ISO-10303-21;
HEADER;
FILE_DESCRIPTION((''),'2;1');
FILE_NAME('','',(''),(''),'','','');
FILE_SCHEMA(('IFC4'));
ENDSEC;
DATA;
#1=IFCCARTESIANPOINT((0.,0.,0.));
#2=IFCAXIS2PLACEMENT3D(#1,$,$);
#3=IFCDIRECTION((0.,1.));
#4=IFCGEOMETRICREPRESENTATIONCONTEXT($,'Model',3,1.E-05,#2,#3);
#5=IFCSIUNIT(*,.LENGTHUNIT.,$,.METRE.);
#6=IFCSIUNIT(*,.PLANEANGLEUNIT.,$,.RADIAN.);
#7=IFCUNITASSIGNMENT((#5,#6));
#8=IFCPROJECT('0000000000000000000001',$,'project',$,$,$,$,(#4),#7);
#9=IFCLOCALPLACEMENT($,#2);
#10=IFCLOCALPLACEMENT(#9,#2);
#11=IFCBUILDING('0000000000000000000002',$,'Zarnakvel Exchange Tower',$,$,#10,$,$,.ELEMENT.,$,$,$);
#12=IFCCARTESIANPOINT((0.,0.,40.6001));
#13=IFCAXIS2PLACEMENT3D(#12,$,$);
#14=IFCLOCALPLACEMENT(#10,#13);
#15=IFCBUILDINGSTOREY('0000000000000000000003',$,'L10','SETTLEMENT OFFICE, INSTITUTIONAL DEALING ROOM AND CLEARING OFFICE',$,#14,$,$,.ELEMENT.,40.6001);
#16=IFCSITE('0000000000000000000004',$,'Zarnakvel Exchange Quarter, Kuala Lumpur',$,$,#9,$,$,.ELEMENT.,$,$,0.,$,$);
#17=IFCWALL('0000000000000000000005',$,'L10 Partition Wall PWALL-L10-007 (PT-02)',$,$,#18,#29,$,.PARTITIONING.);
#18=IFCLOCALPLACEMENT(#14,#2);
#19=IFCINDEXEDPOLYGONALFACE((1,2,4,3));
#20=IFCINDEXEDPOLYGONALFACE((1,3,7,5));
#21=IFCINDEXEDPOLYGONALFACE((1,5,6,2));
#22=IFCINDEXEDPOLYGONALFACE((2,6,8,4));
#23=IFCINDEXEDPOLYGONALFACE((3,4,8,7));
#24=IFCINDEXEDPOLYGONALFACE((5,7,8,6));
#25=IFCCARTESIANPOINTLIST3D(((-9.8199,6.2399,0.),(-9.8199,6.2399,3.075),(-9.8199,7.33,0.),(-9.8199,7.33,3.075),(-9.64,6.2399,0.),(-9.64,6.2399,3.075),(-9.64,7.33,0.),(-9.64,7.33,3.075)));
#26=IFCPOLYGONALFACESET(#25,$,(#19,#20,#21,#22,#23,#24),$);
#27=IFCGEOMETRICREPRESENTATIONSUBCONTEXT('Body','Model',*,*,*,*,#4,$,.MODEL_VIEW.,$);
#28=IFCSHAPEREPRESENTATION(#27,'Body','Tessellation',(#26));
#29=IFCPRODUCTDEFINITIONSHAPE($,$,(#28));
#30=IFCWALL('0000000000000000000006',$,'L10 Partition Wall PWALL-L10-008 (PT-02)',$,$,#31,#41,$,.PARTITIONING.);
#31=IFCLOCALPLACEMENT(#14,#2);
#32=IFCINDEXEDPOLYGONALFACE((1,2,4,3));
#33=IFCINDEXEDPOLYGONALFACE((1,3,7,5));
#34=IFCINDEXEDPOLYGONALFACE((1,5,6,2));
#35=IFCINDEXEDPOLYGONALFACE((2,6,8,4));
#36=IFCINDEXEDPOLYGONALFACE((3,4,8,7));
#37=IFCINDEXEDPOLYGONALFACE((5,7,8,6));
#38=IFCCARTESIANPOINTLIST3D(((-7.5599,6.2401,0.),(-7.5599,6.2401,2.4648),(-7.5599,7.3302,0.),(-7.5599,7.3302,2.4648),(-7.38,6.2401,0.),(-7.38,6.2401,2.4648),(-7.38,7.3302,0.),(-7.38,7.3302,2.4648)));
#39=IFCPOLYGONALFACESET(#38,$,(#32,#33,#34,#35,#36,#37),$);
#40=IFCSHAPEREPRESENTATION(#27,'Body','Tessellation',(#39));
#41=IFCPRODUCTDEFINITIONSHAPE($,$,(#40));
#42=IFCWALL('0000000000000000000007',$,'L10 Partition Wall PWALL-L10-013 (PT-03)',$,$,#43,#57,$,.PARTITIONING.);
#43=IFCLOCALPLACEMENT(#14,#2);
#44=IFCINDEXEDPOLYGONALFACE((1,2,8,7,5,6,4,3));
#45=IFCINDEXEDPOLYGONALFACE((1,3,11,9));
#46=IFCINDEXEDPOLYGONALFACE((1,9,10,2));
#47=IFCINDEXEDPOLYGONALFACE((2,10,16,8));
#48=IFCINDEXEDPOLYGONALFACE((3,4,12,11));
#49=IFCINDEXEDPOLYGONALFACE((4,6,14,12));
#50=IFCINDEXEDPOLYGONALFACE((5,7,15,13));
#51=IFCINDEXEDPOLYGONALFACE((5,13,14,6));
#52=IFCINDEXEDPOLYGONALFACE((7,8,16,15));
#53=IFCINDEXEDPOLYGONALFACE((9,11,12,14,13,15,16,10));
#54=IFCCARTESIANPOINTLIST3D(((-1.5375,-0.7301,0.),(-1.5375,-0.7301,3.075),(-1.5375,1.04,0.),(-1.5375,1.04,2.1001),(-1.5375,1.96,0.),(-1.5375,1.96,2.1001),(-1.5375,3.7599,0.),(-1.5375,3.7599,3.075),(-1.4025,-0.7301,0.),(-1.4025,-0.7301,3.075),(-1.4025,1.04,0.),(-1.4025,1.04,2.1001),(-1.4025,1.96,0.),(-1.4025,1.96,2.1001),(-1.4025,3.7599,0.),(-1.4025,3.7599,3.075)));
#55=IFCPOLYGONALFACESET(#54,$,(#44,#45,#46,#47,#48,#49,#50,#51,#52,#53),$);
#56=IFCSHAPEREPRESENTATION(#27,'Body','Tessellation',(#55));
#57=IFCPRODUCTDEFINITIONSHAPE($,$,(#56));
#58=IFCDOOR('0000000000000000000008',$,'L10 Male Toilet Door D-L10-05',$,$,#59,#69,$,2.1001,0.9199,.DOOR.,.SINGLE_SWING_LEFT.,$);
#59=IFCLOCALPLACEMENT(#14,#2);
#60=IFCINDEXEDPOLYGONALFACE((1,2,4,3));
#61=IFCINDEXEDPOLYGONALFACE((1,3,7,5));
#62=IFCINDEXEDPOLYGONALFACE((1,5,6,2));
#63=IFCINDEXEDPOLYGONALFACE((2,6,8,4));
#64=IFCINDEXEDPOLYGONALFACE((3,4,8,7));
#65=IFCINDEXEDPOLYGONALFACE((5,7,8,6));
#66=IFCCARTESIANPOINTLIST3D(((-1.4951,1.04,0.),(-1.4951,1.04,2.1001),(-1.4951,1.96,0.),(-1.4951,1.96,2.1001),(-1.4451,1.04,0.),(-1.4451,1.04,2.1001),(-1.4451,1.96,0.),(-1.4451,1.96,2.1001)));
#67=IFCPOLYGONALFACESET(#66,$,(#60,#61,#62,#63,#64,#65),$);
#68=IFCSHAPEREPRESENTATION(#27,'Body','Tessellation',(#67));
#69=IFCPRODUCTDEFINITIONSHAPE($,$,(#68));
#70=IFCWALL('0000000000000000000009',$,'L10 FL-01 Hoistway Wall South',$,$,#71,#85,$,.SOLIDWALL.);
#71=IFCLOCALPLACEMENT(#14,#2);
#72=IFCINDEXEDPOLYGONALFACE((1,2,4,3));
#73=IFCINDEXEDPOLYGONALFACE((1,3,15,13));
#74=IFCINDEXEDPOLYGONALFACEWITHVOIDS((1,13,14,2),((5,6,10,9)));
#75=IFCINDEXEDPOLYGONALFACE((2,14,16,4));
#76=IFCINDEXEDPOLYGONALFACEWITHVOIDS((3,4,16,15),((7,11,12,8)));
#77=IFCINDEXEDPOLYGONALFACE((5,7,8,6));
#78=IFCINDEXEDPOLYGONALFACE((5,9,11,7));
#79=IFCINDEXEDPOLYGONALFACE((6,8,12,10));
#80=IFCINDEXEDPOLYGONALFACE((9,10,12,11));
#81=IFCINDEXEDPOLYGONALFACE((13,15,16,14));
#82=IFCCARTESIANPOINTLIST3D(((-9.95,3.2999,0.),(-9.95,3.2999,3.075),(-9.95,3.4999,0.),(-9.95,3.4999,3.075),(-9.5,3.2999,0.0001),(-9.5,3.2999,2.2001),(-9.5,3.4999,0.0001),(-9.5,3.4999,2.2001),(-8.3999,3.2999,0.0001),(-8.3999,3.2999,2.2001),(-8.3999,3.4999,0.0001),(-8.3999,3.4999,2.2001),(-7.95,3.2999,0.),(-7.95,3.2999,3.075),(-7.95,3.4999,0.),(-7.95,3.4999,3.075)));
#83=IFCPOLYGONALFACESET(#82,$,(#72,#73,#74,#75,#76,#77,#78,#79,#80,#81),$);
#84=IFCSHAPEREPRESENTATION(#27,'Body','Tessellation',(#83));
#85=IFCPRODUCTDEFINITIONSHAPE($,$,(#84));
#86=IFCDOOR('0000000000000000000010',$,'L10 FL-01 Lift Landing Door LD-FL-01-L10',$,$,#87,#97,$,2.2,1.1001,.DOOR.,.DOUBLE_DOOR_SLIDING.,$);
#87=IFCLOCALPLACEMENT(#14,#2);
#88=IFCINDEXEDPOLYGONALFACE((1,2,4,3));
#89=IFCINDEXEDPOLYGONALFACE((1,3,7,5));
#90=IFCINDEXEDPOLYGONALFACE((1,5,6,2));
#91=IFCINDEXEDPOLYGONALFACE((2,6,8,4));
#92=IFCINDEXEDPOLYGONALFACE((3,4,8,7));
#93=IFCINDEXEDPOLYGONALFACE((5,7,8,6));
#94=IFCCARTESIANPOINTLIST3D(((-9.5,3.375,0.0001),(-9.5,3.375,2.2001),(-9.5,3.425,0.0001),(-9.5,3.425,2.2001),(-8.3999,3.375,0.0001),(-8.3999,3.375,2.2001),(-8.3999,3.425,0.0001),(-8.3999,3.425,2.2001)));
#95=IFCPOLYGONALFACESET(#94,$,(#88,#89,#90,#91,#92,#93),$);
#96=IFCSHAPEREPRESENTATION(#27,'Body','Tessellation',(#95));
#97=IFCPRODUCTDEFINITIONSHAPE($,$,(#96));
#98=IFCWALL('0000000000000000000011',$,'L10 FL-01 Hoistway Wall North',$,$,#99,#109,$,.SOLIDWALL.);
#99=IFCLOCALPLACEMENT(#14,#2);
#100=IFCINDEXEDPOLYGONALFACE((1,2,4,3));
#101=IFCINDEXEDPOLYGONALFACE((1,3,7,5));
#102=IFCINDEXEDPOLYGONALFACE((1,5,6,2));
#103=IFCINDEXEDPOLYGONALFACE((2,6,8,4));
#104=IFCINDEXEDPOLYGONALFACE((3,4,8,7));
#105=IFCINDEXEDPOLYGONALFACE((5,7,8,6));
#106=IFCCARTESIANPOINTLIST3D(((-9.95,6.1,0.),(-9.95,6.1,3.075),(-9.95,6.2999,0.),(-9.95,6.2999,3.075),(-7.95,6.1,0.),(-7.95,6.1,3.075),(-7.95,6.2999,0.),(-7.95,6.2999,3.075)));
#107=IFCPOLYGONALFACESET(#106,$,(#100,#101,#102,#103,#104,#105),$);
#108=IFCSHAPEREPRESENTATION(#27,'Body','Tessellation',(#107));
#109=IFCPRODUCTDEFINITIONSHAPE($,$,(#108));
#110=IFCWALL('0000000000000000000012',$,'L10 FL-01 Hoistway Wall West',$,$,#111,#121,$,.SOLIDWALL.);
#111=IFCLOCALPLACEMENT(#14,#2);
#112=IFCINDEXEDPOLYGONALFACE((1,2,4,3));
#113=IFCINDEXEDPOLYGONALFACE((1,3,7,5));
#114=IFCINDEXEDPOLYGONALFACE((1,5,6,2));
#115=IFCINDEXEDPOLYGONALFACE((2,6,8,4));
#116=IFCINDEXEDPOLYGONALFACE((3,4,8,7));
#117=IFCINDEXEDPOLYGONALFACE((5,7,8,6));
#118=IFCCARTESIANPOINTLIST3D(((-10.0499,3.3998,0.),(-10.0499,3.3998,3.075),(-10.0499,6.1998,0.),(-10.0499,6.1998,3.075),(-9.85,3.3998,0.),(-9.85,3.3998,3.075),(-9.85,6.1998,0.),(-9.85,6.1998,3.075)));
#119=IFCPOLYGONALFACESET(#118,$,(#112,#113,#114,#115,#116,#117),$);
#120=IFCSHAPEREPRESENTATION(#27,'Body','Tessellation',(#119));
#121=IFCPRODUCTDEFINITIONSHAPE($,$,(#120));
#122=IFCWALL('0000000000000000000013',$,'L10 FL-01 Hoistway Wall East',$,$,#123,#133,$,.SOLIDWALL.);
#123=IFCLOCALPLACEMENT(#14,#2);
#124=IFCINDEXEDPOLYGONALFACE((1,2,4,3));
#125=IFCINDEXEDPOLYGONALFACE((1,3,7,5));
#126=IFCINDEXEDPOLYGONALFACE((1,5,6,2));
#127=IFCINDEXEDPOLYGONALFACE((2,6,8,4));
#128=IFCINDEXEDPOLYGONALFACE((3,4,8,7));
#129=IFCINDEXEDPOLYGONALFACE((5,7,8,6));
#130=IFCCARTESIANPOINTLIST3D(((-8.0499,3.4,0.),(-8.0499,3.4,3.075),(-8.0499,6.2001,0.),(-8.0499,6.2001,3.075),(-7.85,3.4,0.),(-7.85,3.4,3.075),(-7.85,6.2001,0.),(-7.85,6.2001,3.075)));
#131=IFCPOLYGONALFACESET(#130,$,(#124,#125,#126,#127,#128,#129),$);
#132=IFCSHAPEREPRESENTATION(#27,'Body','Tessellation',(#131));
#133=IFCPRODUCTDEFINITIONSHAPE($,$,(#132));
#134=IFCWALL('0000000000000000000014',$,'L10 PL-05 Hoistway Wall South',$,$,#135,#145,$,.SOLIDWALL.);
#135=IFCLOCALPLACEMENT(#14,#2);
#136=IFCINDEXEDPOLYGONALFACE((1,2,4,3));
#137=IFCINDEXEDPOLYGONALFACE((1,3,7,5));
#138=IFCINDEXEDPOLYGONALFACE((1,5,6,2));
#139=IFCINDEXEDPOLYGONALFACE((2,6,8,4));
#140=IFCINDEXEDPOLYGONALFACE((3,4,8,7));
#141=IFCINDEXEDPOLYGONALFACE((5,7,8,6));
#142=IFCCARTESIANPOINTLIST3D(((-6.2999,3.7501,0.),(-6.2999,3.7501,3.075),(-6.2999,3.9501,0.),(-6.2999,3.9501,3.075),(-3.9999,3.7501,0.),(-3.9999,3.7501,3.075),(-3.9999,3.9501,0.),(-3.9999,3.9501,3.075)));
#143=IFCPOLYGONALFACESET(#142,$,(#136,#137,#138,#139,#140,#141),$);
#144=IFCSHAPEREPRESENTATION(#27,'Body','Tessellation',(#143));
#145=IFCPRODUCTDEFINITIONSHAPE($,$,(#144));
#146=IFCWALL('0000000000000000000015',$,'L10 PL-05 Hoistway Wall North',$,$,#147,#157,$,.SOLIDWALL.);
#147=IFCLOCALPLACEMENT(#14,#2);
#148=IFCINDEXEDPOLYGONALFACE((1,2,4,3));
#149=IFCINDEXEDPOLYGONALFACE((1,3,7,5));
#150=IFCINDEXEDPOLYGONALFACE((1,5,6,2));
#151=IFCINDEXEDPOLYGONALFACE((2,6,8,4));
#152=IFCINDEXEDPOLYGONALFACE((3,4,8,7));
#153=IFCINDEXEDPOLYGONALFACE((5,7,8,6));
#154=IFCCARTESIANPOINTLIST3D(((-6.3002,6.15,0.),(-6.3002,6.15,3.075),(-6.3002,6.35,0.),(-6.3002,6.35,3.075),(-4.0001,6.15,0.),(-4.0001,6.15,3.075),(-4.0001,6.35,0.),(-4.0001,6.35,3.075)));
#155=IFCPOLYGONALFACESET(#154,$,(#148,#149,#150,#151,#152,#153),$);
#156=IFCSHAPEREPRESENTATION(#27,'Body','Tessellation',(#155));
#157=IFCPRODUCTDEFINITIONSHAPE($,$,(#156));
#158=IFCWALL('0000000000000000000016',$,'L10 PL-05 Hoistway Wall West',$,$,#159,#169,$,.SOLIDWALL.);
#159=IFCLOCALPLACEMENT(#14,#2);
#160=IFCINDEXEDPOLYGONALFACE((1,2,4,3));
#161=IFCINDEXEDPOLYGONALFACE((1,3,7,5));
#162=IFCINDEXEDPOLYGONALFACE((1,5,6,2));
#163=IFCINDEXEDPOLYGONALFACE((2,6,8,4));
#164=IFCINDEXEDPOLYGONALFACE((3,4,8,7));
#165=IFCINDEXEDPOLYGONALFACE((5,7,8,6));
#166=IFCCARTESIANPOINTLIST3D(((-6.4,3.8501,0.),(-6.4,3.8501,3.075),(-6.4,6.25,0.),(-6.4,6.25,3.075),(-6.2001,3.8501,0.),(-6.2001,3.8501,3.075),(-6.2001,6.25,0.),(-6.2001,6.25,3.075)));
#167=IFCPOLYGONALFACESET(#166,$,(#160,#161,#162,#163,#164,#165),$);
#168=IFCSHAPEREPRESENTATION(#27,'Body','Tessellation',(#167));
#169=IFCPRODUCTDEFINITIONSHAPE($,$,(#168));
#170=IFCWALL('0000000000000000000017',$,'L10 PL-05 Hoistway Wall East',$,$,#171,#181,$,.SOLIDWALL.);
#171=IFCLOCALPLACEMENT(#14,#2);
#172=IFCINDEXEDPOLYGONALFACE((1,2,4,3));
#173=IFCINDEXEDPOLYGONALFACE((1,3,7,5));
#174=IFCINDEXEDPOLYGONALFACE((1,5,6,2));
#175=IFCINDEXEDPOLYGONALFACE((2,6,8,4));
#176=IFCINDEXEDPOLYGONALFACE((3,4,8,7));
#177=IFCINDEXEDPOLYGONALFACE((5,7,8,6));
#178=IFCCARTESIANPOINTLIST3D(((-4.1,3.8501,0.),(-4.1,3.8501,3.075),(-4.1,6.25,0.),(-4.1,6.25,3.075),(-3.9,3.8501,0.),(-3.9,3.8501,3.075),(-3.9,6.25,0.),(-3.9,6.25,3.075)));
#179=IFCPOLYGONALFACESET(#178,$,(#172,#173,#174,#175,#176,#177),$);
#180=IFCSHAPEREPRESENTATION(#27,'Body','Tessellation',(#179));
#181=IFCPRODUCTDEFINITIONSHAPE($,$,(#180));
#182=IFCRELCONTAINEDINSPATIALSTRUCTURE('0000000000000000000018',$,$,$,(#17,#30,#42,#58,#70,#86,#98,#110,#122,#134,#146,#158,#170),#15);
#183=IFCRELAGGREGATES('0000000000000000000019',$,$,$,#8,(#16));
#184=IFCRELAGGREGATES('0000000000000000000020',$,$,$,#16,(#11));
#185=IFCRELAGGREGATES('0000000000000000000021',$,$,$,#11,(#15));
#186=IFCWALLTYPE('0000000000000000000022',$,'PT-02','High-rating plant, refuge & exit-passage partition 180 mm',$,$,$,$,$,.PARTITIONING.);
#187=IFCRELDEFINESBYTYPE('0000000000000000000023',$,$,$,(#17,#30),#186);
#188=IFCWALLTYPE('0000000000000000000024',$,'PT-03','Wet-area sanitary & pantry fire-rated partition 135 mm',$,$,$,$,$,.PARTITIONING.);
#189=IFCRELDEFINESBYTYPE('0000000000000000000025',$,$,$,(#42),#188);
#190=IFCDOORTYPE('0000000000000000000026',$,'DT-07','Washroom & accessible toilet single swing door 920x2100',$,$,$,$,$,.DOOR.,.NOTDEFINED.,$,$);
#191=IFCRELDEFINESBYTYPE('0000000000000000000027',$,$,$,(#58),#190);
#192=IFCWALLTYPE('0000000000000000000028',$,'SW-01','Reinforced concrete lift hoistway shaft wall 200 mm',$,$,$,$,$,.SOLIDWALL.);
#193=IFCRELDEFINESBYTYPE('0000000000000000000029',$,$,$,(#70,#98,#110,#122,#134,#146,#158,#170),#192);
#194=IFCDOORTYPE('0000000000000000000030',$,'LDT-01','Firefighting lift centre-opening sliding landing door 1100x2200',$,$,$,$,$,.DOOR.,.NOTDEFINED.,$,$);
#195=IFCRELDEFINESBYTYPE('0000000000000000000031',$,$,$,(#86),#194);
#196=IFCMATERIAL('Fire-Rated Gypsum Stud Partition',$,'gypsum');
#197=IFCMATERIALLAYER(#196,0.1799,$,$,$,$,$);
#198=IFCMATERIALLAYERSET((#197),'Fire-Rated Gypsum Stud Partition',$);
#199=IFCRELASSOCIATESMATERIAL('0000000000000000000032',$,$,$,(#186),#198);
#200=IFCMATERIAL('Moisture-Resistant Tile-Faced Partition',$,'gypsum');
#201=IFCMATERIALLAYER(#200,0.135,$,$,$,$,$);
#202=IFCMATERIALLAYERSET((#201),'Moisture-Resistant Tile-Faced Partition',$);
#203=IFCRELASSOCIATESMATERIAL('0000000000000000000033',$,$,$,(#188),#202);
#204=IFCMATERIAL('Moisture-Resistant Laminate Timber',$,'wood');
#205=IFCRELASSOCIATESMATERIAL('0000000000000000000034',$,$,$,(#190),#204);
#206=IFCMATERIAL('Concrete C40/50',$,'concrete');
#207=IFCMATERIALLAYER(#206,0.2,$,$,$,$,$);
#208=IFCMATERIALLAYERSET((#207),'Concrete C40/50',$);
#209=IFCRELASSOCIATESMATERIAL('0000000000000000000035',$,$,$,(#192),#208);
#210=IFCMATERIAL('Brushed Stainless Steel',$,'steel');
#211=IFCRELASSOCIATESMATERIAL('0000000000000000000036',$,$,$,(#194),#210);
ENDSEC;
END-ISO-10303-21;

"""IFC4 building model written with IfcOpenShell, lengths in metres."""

from ifc_helpers import new_model, si_unit, direction, frame, frame_2d, origin, place, context, subcontext, project, spatial, rectangle, extrude, source, transform, mapped, material, layer, layer_set, type_object, element, fill, save


model = new_model("IFC4")

# Units and contexts
model_context = context("Model", 3, precision=1e-05, world=origin(), true_north=direction((0.0, 1.0)))
body_context = subcontext(model_context, "Body", "Model", "MODEL_VIEW")
ifc_project = project(units=[si_unit("LENGTHUNIT", "METRE"), si_unit("PLANEANGLEUNIT", "RADIAN")], contexts=[model_context])

# Site, building, storey
site_placement = place(None, origin())
site = spatial("IfcSite", under=ifc_project, at=site_placement, Name="Zarnakvel Exchange Quarter, Kuala Lumpur", CompositionType="ELEMENT", RefElevation=0.0)
building_placement = place(site_placement, origin())
building = spatial("IfcBuilding", under=site, at=building_placement, Name="Zarnakvel Exchange Tower", CompositionType="ELEMENT")
storey_placement = place(building_placement, frame((0.0, 0.0, 40.6001)))
storey = spatial("IfcBuildingStorey", under=building, at=storey_placement, Name="L10", Description="SETTLEMENT OFFICE, INSTITUTIONAL DEALING ROOM AND CLEARING OFFICE", CompositionType="ELEMENT", Elevation=40.6001)

# Walls
ifc_material_1 = material(Name="Fire-Rated Gypsum Stud Partition", Category="gypsum")
ifc_layer_1 = layer(ifc_material_1, 0.1799)
ifc_layer_set_1 = layer_set([ifc_layer_1], Name="Fire-Rated Gypsum Stud Partition")
wall_type_1 = type_object("IfcWallType", Name="PT-02", Description="High-rating plant, refuge & exit-passage partition 180 mm", PredefinedType="PARTITIONING", material=ifc_layer_set_1)
wall_1_placement = place(storey_placement, frame((-9.73, 6.24, 0.0), z_axis=(0.0, 0.0, 1.0), x_axis=(0.0, 1.0, 0.0)))
element("IfcWall", 1, at=wall_1_placement, inside=storey, type_object=wall_type_1, Name="L10 Partition Wall PWALL-L10-007 (PT-02)", PredefinedType="PARTITIONING", context=body_context, shape_type="SweptSolid", body=[
    extrude(rectangle(XDim=1.0901, YDim=0.1799, at=frame_2d((0.5449, 0.0))), origin(), (0.0, 0.0, 1.0), 3.075),
])
wall_2_placement = place(storey_placement, frame((-7.47, 7.3301, 0.0), z_axis=(0.0, 0.0, 1.0), x_axis=(0.0, -1.0, 0.0)))
element("IfcWall", 2, at=wall_2_placement, inside=storey, type_object=wall_type_1, Name="L10 Partition Wall PWALL-L10-008 (PT-02)", PredefinedType="PARTITIONING", context=body_context, shape_type="SweptSolid", body=[
    extrude(rectangle(XDim=1.0901, YDim=0.1799, at=frame_2d((0.5449, 0.0))), origin(), (0.0, 0.0, 1.0), 2.4648),
])

# Walls, openings, doors
ifc_material_2 = material(Name="Moisture-Resistant Tile-Faced Partition", Category="gypsum")
ifc_layer_2 = layer(ifc_material_2, 0.135)
ifc_layer_set_2 = layer_set([ifc_layer_2], Name="Moisture-Resistant Tile-Faced Partition")
wall_type_2 = type_object("IfcWallType", Name="PT-03", Description="Wet-area sanitary & pantry fire-rated partition 135 mm", PredefinedType="PARTITIONING", material=ifc_layer_set_2)
wall_3_placement = place(storey_placement, frame((-1.47, 3.76, 0.0), z_axis=(0.0, 0.0, 1.0), x_axis=(0.0, -1.0, 0.0)))
wall_3 = element("IfcWall", 3, at=wall_3_placement, inside=storey, type_object=wall_type_2, Name="L10 Partition Wall PWALL-L10-013 (PT-03)", PredefinedType="PARTITIONING", context=body_context, shape_type="SweptSolid", body=[
    extrude(rectangle(XDim=4.49, YDim=0.135, at=frame_2d((2.2451, 0.0))), origin(), (0.0, 0.0, 1.0), 3.075),
])
opening_1_placement = place(wall_3_placement, frame((1.8, 0.0, 0.0)))
opening_1 = element("IfcOpeningElement", 4, at=opening_1_placement, cuts=wall_3, PredefinedType="OPENING", context=body_context, shape_type="SweptSolid", body=[
    extrude(rectangle(XDim=0.9199, YDim=2.1001, at=frame_2d((0.46, 1.05))), frame((0.0, 0.0774, 0.0), z_axis=(0.0, -1.0, 0.0), x_axis=(1.0, 0.0, 0.0)), (0.0, 0.0, 1.0), 0.155),
])
ifc_material_3 = material(Name="Moisture-Resistant Laminate Timber", Category="wood")
door_type_1 = type_object("IfcDoorType", Name="DT-07", Description="Washroom & accessible toilet single swing door 920x2100", OperationType="NOTDEFINED", PredefinedType="DOOR", material=ifc_material_3)
shared_shape_1 = source(origin(), body_context, "Body", "SweptSolid", [
    extrude(rectangle(XDim=0.9199, YDim=2.1001, at=frame_2d((0.46, 1.05))), frame((0.0, 0.0249, 0.0), z_axis=(0.0, -1.0, 0.0), x_axis=(1.0, 0.0, 0.0)), (0.0, 0.0, 1.0), 0.05),
])
door_1_placement = place(opening_1_placement, origin())
door_1 = element("IfcDoor", 5, at=door_1_placement, inside=storey, type_object=door_type_1, Name="L10 Male Toilet Door D-L10-05", OperationType="SINGLE_SWING_LEFT", OverallHeight=2.1001, OverallWidth=0.9199, PredefinedType="DOOR", context=body_context, shape_type="MappedRepresentation", body=[
    mapped(shared_shape_1, transform((0.0, 0.0, 0.0), x_axis=(1.0, 0.0, 0.0), y_axis=(0.0, 1.0, 0.0), z_axis=(0.0, 0.0, 1.0), scale=1.0)),
])
fill(opening_1, door_1)
ifc_material_4 = material(Name="Concrete C40/50", Category="concrete")
ifc_layer_3 = layer(ifc_material_4, 0.2)
ifc_layer_set_3 = layer_set([ifc_layer_3], Name="Concrete C40/50")
wall_type_3 = type_object("IfcWallType", Name="SW-01", Description="Reinforced concrete lift hoistway shaft wall 200 mm", PredefinedType="SOLIDWALL", material=ifc_layer_set_3)
wall_4_placement = place(storey_placement, frame((-7.95, 3.3999, 0.0), z_axis=(0.0, 0.0, 1.0), x_axis=(-1.0, 0.0, 0.0)))
wall_4 = element("IfcWall", 6, at=wall_4_placement, inside=storey, type_object=wall_type_3, Name="L10 FL-01 Hoistway Wall South", PredefinedType="SOLIDWALL", context=body_context, shape_type="SweptSolid", body=[
    extrude(rectangle(XDim=2.0, YDim=0.2, at=frame_2d((1.0, 0.0))), origin(), (0.0, 0.0, 1.0), 3.075),
])
opening_2_placement = place(wall_4_placement, frame((0.45, 0.0, 0.0)))
opening_2 = element("IfcOpeningElement", 7, at=opening_2_placement, cuts=wall_4, PredefinedType="OPENING", context=body_context, shape_type="SweptSolid", body=[
    extrude(rectangle(XDim=1.1001, YDim=2.2, at=frame_2d((0.55, 1.1001))), frame((0.0, 0.1099, 0.0), z_axis=(0.0, -1.0, 0.0), x_axis=(1.0, 0.0, 0.0)), (0.0, 0.0, 1.0), 0.22),
])
ifc_material_5 = material(Name="Brushed Stainless Steel", Category="steel")
door_type_2 = type_object("IfcDoorType", Name="LDT-01", Description="Firefighting lift centre-opening sliding landing door 1100x2200", OperationType="NOTDEFINED", PredefinedType="DOOR", material=ifc_material_5)
shared_shape_2 = source(origin(), body_context, "Body", "SweptSolid", [
    extrude(rectangle(XDim=1.1001, YDim=2.2, at=frame_2d((0.55, 1.1001))), frame((0.0, 0.0249, 0.0), z_axis=(0.0, -1.0, 0.0), x_axis=(1.0, 0.0, 0.0)), (0.0, 0.0, 1.0), 0.05),
])
door_2_placement = place(opening_2_placement, origin())
door_2 = element("IfcDoor", 8, at=door_2_placement, inside=storey, type_object=door_type_2, Name="L10 FL-01 Lift Landing Door LD-FL-01-L10", OperationType="DOUBLE_DOOR_SLIDING", OverallHeight=2.2, OverallWidth=1.1001, PredefinedType="DOOR", context=body_context, shape_type="MappedRepresentation", body=[
    mapped(shared_shape_2, transform((0.0, 0.0, 0.0), x_axis=(1.0, 0.0, 0.0), y_axis=(0.0, 1.0, 0.0), z_axis=(0.0, 0.0, 1.0), scale=1.0)),
])
fill(opening_2, door_2)

# Walls
wall_5_placement = place(storey_placement, frame((-9.95, 6.2, 0.0), z_axis=(0.0, 0.0, 1.0), x_axis=(1.0, 0.0, 0.0)))
element("IfcWall", 9, at=wall_5_placement, inside=storey, type_object=wall_type_3, Name="L10 FL-01 Hoistway Wall North", PredefinedType="SOLIDWALL", context=body_context, shape_type="SweptSolid", body=[
    extrude(rectangle(XDim=2.0, YDim=0.2, at=frame_2d((1.0, 0.0))), origin(), (0.0, 0.0, 1.0), 3.075),
])
for number, where, z_axis, x_axis, name in (
    (10, (-9.95, 3.3999, 0.0), (0.0, 0.0, 1.0), (0.0, 1.0, 0.0), "L10 FL-01 Hoistway Wall West"),
    (11, (-7.95, 6.2, 0.0), (0.0, 0.0, 1.0), (0.0, -1.0, 0.0), "L10 FL-01 Hoistway Wall East"),
):
    element("IfcWall", number, at=place(storey_placement, frame(where, z_axis=z_axis, x_axis=x_axis)), inside=storey, type_object=wall_type_3, Name=name, PredefinedType="SOLIDWALL", context=body_context, shape_type="SweptSolid", body=[
        extrude(rectangle(XDim=2.8, YDim=0.2, at=frame_2d((1.3999, 0.0))), origin(), (0.0, 0.0, 1.0), 3.075),
    ])
for number, where, z_axis, x_axis, name in (
    (12, (-4.0, 3.8501, 0.0), (0.0, 0.0, 1.0), (-1.0, 0.0, 0.0), "L10 PL-05 Hoistway Wall South"),
    (13, (-6.3, 6.25, 0.0), (0.0, 0.0, 1.0), (1.0, 0.0, 0.0), "L10 PL-05 Hoistway Wall North"),
):
    element("IfcWall", number, at=place(storey_placement, frame(where, z_axis=z_axis, x_axis=x_axis)), inside=storey, type_object=wall_type_3, Name=name, PredefinedType="SOLIDWALL", context=body_context, shape_type="SweptSolid", body=[
        extrude(rectangle(XDim=2.3, YDim=0.2, at=frame_2d((1.1499, 0.0))), origin(), (0.0, 0.0, 1.0), 3.075),
    ])
for number, where, z_axis, x_axis, name in (
    (14, (-6.3, 3.8501, 0.0), (0.0, 0.0, 1.0), (0.0, 1.0, 0.0), "L10 PL-05 Hoistway Wall West"),
    (15, (-4.0, 6.25, 0.0), (0.0, 0.0, 1.0), (0.0, -1.0, 0.0), "L10 PL-05 Hoistway Wall East"),
):
    element("IfcWall", number, at=place(storey_placement, frame(where, z_axis=z_axis, x_axis=x_axis)), inside=storey, type_object=wall_type_3, Name=name, PredefinedType="SOLIDWALL", context=body_context, shape_type="SweptSolid", body=[
        extrude(rectangle(XDim=2.3999, YDim=0.2, at=frame_2d((1.2, 0.0))), origin(), (0.0, 0.0, 1.0), 3.075),
    ])

save(model, "model.ifc")
